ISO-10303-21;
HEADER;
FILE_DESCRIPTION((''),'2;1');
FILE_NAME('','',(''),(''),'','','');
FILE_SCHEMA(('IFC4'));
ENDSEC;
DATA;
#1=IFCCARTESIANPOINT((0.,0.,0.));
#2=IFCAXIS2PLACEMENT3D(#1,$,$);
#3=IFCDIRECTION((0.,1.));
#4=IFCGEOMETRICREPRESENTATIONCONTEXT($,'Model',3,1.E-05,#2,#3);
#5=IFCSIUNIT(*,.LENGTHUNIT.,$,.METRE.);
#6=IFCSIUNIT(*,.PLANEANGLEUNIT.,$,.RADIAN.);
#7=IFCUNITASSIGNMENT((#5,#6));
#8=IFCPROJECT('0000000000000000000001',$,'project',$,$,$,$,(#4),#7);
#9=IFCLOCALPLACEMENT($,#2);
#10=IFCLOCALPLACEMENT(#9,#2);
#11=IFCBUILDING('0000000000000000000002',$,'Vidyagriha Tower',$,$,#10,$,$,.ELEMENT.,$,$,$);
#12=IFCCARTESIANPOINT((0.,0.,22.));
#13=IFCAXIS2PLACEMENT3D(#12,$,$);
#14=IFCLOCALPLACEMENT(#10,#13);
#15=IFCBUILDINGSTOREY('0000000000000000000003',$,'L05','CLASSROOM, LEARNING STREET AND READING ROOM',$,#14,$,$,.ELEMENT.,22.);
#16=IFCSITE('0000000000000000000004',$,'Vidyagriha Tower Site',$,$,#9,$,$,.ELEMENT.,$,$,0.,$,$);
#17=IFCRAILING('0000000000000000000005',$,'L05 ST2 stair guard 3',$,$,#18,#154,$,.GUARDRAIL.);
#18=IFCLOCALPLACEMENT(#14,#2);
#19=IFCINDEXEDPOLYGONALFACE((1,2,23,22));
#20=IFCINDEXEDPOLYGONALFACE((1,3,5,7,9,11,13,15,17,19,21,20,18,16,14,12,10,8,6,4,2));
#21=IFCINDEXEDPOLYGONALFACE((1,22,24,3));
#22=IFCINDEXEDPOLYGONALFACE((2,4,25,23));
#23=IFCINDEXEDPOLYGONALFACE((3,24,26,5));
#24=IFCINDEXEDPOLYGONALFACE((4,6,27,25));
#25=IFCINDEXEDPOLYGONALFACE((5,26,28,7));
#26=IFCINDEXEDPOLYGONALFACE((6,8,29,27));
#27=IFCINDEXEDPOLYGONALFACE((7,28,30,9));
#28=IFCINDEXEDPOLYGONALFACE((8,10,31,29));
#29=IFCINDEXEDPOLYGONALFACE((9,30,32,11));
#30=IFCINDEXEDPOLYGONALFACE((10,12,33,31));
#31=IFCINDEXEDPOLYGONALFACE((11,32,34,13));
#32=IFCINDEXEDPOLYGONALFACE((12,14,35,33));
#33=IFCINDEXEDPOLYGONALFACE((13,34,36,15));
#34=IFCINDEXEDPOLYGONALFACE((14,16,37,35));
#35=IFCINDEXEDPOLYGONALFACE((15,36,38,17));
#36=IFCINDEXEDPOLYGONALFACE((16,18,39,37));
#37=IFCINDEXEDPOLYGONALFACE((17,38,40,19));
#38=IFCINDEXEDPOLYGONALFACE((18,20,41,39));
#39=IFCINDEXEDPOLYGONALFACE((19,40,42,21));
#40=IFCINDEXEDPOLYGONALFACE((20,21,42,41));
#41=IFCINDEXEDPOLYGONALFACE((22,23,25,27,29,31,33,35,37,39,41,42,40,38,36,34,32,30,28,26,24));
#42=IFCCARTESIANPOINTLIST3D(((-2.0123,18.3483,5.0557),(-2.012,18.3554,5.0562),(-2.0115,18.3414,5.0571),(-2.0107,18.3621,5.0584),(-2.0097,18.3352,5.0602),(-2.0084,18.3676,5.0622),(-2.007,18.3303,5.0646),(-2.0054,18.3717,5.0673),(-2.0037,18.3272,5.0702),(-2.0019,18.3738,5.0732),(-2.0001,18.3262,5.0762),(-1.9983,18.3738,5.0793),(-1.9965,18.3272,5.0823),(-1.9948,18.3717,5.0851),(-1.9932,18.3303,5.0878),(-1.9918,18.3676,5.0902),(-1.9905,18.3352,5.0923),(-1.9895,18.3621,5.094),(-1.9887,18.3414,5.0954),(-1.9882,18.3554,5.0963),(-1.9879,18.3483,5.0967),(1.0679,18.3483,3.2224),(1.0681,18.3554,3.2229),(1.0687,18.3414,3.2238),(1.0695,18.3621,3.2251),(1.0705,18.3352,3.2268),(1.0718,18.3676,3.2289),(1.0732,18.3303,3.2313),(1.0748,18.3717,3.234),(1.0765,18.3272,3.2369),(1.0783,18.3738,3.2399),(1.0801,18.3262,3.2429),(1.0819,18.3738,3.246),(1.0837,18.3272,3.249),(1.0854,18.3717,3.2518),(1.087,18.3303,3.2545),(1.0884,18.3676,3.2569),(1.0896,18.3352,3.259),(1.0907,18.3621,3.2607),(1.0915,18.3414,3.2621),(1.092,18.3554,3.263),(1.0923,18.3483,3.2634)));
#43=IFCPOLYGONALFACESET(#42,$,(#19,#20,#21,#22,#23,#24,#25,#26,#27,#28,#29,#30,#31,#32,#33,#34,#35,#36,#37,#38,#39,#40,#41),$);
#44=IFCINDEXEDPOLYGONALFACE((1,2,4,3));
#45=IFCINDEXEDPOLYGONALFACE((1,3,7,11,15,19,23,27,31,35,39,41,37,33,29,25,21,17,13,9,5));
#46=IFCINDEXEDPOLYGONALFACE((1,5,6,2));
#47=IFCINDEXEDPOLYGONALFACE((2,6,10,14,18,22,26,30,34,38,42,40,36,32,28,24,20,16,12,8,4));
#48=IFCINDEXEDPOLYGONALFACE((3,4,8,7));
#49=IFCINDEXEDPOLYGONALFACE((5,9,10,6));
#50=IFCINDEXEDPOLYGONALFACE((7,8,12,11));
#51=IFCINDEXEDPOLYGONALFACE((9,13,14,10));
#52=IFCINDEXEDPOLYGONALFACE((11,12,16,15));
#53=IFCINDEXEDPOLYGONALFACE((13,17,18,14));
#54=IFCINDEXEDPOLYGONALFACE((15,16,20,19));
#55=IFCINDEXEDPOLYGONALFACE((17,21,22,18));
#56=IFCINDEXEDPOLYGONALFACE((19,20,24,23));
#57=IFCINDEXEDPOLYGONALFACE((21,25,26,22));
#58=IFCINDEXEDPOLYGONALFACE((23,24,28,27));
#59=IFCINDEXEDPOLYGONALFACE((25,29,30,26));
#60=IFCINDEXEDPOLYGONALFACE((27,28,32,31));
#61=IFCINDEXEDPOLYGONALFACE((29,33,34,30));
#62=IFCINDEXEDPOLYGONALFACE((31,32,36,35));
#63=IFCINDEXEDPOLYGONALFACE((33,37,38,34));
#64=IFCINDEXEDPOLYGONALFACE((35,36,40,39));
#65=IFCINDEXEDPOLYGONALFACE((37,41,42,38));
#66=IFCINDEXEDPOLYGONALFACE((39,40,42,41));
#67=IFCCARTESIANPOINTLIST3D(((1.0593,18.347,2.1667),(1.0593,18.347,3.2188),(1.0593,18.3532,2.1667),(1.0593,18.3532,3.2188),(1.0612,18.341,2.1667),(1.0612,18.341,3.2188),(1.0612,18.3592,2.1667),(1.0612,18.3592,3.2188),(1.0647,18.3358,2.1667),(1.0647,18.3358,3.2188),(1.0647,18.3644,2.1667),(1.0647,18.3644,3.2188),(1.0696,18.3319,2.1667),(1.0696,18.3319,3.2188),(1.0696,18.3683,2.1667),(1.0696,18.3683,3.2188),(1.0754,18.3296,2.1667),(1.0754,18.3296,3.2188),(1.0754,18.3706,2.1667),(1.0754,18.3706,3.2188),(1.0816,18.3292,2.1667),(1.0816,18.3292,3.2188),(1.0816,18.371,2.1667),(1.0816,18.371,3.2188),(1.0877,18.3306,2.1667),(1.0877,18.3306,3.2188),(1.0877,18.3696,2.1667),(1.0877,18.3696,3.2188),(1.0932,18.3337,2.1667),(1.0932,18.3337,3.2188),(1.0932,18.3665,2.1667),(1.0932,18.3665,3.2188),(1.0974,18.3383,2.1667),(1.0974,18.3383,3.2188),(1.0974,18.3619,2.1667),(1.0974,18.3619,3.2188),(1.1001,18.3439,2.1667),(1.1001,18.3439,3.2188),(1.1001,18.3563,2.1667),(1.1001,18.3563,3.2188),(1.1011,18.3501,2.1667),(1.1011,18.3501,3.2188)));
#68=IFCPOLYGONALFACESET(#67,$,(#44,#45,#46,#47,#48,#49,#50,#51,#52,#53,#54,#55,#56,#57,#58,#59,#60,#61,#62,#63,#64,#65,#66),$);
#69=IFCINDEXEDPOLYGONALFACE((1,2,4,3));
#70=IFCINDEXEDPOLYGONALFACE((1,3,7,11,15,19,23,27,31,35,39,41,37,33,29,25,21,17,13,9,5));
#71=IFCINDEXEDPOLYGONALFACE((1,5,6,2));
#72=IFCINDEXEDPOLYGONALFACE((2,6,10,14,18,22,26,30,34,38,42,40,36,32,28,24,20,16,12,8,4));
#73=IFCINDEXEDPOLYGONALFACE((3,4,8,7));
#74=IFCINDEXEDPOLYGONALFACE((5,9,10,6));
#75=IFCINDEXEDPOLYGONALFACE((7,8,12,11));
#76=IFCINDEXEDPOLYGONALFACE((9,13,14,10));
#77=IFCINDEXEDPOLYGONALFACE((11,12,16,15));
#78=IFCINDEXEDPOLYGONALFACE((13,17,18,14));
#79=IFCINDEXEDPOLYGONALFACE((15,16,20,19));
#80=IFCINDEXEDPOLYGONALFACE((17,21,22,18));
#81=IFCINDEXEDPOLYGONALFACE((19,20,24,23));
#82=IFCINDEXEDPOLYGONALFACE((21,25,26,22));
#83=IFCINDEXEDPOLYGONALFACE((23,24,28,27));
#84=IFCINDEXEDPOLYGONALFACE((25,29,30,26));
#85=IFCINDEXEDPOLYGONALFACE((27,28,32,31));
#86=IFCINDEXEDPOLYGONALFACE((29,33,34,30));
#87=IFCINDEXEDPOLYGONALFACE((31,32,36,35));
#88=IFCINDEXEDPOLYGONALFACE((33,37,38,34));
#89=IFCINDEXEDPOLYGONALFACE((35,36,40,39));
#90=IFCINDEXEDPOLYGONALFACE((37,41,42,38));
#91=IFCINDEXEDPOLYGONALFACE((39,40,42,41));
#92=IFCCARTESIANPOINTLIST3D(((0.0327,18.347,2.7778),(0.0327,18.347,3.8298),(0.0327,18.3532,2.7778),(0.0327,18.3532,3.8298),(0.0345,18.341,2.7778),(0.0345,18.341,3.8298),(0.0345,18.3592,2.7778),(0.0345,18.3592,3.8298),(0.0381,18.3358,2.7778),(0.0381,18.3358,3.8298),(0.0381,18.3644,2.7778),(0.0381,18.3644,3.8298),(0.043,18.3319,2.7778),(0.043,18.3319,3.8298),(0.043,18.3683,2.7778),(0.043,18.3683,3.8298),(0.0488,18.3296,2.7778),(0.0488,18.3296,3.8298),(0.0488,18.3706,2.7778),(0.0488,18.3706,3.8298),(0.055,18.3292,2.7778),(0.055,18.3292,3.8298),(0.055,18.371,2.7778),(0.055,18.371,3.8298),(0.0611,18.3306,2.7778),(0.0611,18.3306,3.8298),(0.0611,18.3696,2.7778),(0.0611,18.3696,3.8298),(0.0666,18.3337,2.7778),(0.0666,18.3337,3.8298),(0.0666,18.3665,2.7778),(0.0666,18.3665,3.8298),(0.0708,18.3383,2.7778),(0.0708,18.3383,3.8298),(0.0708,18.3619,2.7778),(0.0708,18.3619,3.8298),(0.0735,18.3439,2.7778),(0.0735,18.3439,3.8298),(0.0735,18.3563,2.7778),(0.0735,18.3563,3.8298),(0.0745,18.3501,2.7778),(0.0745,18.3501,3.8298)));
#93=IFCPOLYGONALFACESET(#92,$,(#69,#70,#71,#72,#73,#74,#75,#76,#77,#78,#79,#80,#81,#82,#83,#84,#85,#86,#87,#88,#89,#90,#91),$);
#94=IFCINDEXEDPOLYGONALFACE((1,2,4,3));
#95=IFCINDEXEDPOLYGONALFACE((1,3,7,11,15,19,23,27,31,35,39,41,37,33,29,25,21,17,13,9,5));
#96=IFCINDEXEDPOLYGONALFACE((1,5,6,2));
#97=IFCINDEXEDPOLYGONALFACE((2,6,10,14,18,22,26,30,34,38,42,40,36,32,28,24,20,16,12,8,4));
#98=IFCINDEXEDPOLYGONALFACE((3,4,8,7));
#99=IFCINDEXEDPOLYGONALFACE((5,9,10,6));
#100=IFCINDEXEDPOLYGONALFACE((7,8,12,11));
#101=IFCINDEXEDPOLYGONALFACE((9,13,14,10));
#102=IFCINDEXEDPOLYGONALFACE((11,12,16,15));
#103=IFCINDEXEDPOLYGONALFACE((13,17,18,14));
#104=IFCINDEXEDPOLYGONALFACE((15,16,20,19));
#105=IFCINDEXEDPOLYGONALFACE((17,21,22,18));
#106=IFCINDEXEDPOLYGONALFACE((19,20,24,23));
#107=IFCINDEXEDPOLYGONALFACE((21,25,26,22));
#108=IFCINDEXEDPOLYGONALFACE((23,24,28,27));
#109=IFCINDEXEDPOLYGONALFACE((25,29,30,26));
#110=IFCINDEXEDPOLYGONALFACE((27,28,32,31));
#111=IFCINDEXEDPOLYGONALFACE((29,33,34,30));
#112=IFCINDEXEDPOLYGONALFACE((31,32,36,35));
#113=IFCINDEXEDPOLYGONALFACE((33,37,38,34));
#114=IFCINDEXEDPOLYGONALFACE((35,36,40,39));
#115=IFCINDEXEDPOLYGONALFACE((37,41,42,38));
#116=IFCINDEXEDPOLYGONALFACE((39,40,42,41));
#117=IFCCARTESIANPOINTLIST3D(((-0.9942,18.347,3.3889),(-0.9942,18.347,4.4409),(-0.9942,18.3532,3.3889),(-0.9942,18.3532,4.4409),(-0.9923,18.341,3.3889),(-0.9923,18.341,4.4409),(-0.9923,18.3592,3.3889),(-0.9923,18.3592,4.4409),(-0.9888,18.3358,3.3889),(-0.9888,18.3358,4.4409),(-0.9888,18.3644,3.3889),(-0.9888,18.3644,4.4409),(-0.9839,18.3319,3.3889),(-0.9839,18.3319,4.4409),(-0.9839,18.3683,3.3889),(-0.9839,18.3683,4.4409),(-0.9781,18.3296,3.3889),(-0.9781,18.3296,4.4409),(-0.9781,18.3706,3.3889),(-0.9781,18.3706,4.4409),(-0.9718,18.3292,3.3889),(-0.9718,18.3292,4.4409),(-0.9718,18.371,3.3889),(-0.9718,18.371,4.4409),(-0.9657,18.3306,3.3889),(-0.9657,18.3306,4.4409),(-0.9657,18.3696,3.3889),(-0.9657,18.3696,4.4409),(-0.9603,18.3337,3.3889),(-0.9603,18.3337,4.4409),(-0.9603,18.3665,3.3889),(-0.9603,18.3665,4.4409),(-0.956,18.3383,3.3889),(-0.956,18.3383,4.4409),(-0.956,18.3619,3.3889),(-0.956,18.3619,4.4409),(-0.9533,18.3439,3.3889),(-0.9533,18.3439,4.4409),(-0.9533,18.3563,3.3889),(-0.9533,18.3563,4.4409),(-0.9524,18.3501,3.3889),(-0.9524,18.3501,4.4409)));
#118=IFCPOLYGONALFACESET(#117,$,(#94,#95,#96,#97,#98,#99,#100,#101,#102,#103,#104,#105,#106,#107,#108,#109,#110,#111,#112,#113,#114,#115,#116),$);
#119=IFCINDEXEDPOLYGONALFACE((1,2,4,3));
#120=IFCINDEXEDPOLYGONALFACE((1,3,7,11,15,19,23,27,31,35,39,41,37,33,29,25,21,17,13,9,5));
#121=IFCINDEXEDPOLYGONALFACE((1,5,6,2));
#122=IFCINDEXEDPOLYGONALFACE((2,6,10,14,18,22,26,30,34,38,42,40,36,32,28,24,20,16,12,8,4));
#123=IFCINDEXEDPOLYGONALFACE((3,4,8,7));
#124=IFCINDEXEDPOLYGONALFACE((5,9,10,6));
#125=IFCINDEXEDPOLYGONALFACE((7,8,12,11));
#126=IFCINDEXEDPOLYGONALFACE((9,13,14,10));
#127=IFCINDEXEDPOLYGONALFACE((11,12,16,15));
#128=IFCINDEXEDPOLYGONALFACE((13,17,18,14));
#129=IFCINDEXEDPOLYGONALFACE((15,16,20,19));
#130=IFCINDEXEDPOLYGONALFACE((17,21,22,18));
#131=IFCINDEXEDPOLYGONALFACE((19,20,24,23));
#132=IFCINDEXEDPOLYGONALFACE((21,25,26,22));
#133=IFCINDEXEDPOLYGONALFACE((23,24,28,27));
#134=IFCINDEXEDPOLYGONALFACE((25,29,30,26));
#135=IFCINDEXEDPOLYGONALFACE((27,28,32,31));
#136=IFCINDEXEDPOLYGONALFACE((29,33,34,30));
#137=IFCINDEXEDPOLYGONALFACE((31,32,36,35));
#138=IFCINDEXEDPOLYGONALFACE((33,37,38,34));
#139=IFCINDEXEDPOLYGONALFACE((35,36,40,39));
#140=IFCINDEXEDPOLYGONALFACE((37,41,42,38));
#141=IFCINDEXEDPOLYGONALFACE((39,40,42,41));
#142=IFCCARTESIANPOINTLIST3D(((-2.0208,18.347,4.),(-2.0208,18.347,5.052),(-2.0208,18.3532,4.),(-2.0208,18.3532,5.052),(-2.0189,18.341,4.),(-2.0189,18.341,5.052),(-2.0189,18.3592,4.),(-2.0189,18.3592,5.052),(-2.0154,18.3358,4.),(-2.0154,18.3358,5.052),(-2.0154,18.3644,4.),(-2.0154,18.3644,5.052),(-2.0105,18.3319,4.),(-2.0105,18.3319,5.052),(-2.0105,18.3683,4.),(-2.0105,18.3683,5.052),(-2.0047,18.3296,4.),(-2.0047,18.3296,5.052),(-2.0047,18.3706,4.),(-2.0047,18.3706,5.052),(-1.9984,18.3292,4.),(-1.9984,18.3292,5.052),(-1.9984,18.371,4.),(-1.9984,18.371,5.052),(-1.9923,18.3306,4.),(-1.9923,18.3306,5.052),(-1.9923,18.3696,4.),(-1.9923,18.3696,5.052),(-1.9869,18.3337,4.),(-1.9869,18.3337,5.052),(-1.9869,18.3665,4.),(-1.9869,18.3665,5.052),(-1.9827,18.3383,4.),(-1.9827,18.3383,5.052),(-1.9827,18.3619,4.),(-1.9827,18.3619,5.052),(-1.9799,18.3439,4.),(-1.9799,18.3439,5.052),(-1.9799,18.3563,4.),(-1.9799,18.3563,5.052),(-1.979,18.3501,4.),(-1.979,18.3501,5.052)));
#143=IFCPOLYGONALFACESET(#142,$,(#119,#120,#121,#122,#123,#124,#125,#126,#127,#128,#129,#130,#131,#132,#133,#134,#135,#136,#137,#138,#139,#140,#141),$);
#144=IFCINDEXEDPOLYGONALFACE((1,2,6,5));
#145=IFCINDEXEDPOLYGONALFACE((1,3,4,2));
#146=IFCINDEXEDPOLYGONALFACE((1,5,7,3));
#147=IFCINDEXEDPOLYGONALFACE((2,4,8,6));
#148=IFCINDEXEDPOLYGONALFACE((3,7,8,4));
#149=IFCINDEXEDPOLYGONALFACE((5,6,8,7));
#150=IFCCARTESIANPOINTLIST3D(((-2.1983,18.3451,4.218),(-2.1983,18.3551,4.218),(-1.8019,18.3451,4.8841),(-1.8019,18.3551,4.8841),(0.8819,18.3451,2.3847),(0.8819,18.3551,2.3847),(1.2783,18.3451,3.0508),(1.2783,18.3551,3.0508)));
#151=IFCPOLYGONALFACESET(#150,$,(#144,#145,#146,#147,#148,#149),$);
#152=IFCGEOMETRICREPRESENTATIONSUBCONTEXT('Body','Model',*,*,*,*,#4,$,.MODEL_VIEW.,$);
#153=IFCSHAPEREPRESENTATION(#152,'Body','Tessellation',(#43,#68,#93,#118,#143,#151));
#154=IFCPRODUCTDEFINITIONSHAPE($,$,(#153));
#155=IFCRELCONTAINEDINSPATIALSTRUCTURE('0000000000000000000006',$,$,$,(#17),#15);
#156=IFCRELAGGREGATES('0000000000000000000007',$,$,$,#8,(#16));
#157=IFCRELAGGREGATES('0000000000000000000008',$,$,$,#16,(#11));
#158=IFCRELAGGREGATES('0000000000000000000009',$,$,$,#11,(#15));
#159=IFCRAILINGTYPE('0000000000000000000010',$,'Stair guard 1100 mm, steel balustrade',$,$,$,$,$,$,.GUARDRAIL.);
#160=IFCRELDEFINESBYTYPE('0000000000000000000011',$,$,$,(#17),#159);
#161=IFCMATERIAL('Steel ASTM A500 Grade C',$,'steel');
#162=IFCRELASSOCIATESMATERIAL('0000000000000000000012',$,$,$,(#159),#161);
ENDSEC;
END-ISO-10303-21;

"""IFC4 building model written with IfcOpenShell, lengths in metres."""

from ifc_helpers import new_model, si_unit, direction, frame, origin, origin_2d, place, context, subcontext, project, spatial, rectangle, circle, extrude, material, type_object, element, save


model = new_model("IFC4")

# Units and contexts
model_context = context("Model", 3, precision=1e-05, world=origin(), true_north=direction((0.0, 1.0)))
body_context = subcontext(model_context, "Body", "Model", "MODEL_VIEW")
ifc_project = project(units=[si_unit("LENGTHUNIT", "METRE"), si_unit("PLANEANGLEUNIT", "RADIAN")], contexts=[model_context])

# Site, building, storey
site_placement = place(None, origin())
site = spatial("IfcSite", under=ifc_project, at=site_placement, Name="Vidyagriha Tower Site", CompositionType="ELEMENT", RefElevation=0.0)
building_placement = place(site_placement, origin())
building = spatial("IfcBuilding", under=site, at=building_placement, Name="Vidyagriha Tower", CompositionType="ELEMENT")
storey_placement = place(building_placement, frame((0.0, 0.0, 22.0)))
storey = spatial("IfcBuildingStorey", under=building, at=storey_placement, Name="L05", Description="CLASSROOM, LEARNING STREET AND READING ROOM", CompositionType="ELEMENT", Elevation=22.0)

# Railing
ifc_material_1 = material(Name="Steel ASTM A500 Grade C", Category="steel")
railing_type_1 = type_object("IfcRailingType", Name="Stair guard 1100 mm, steel balustrade", PredefinedType="GUARDRAIL", material=ifc_material_1)
railing_1_placement = place(storey_placement, frame((1.0801, 18.3501, 2.1667)))
element("IfcRailing", 1, at=railing_1_placement, inside=storey, type_object=railing_type_1, Name="L05 ST2 stair guard 3", PredefinedType="GUARDRAIL", context=body_context, shape_type="SweptSolid", body=[
    extrude(circle(Radius=0.0239, at=origin_2d()), frame((0.0, 0.0, 1.0762), z_axis=(-0.859309, 0.0, 0.511458), x_axis=(0.0, -1.0, 0.0)), (0.0, 0.0, 1.0), 3.5845),
    extrude(circle(Radius=0.021, at=origin_2d()), origin(), (0.0, 0.0, 1.0), 1.052),
    extrude(circle(Radius=0.021, at=origin_2d()), frame((-1.0266, 0.0, 0.6111)), (0.0, 0.0, 1.0), 1.052),
    extrude(circle(Radius=0.021, at=origin_2d()), frame((-2.0535, 0.0, 1.2222)), (0.0, 0.0, 1.0), 1.052),
    extrude(circle(Radius=0.021, at=origin_2d()), frame((-3.0801, 0.0, 1.8333)), (0.0, 0.0, 1.0), 1.052),
    extrude(rectangle(XDim=0.01, YDim=0.7751, at=origin_2d()), frame((0.0, 0.0, 0.551), z_axis=(-0.859309, 0.0, 0.511458), x_axis=(0.0, -1.0, 0.0)), (0.0, 0.0, 1.0), 3.5845),
])

save(model, "model.ifc")
